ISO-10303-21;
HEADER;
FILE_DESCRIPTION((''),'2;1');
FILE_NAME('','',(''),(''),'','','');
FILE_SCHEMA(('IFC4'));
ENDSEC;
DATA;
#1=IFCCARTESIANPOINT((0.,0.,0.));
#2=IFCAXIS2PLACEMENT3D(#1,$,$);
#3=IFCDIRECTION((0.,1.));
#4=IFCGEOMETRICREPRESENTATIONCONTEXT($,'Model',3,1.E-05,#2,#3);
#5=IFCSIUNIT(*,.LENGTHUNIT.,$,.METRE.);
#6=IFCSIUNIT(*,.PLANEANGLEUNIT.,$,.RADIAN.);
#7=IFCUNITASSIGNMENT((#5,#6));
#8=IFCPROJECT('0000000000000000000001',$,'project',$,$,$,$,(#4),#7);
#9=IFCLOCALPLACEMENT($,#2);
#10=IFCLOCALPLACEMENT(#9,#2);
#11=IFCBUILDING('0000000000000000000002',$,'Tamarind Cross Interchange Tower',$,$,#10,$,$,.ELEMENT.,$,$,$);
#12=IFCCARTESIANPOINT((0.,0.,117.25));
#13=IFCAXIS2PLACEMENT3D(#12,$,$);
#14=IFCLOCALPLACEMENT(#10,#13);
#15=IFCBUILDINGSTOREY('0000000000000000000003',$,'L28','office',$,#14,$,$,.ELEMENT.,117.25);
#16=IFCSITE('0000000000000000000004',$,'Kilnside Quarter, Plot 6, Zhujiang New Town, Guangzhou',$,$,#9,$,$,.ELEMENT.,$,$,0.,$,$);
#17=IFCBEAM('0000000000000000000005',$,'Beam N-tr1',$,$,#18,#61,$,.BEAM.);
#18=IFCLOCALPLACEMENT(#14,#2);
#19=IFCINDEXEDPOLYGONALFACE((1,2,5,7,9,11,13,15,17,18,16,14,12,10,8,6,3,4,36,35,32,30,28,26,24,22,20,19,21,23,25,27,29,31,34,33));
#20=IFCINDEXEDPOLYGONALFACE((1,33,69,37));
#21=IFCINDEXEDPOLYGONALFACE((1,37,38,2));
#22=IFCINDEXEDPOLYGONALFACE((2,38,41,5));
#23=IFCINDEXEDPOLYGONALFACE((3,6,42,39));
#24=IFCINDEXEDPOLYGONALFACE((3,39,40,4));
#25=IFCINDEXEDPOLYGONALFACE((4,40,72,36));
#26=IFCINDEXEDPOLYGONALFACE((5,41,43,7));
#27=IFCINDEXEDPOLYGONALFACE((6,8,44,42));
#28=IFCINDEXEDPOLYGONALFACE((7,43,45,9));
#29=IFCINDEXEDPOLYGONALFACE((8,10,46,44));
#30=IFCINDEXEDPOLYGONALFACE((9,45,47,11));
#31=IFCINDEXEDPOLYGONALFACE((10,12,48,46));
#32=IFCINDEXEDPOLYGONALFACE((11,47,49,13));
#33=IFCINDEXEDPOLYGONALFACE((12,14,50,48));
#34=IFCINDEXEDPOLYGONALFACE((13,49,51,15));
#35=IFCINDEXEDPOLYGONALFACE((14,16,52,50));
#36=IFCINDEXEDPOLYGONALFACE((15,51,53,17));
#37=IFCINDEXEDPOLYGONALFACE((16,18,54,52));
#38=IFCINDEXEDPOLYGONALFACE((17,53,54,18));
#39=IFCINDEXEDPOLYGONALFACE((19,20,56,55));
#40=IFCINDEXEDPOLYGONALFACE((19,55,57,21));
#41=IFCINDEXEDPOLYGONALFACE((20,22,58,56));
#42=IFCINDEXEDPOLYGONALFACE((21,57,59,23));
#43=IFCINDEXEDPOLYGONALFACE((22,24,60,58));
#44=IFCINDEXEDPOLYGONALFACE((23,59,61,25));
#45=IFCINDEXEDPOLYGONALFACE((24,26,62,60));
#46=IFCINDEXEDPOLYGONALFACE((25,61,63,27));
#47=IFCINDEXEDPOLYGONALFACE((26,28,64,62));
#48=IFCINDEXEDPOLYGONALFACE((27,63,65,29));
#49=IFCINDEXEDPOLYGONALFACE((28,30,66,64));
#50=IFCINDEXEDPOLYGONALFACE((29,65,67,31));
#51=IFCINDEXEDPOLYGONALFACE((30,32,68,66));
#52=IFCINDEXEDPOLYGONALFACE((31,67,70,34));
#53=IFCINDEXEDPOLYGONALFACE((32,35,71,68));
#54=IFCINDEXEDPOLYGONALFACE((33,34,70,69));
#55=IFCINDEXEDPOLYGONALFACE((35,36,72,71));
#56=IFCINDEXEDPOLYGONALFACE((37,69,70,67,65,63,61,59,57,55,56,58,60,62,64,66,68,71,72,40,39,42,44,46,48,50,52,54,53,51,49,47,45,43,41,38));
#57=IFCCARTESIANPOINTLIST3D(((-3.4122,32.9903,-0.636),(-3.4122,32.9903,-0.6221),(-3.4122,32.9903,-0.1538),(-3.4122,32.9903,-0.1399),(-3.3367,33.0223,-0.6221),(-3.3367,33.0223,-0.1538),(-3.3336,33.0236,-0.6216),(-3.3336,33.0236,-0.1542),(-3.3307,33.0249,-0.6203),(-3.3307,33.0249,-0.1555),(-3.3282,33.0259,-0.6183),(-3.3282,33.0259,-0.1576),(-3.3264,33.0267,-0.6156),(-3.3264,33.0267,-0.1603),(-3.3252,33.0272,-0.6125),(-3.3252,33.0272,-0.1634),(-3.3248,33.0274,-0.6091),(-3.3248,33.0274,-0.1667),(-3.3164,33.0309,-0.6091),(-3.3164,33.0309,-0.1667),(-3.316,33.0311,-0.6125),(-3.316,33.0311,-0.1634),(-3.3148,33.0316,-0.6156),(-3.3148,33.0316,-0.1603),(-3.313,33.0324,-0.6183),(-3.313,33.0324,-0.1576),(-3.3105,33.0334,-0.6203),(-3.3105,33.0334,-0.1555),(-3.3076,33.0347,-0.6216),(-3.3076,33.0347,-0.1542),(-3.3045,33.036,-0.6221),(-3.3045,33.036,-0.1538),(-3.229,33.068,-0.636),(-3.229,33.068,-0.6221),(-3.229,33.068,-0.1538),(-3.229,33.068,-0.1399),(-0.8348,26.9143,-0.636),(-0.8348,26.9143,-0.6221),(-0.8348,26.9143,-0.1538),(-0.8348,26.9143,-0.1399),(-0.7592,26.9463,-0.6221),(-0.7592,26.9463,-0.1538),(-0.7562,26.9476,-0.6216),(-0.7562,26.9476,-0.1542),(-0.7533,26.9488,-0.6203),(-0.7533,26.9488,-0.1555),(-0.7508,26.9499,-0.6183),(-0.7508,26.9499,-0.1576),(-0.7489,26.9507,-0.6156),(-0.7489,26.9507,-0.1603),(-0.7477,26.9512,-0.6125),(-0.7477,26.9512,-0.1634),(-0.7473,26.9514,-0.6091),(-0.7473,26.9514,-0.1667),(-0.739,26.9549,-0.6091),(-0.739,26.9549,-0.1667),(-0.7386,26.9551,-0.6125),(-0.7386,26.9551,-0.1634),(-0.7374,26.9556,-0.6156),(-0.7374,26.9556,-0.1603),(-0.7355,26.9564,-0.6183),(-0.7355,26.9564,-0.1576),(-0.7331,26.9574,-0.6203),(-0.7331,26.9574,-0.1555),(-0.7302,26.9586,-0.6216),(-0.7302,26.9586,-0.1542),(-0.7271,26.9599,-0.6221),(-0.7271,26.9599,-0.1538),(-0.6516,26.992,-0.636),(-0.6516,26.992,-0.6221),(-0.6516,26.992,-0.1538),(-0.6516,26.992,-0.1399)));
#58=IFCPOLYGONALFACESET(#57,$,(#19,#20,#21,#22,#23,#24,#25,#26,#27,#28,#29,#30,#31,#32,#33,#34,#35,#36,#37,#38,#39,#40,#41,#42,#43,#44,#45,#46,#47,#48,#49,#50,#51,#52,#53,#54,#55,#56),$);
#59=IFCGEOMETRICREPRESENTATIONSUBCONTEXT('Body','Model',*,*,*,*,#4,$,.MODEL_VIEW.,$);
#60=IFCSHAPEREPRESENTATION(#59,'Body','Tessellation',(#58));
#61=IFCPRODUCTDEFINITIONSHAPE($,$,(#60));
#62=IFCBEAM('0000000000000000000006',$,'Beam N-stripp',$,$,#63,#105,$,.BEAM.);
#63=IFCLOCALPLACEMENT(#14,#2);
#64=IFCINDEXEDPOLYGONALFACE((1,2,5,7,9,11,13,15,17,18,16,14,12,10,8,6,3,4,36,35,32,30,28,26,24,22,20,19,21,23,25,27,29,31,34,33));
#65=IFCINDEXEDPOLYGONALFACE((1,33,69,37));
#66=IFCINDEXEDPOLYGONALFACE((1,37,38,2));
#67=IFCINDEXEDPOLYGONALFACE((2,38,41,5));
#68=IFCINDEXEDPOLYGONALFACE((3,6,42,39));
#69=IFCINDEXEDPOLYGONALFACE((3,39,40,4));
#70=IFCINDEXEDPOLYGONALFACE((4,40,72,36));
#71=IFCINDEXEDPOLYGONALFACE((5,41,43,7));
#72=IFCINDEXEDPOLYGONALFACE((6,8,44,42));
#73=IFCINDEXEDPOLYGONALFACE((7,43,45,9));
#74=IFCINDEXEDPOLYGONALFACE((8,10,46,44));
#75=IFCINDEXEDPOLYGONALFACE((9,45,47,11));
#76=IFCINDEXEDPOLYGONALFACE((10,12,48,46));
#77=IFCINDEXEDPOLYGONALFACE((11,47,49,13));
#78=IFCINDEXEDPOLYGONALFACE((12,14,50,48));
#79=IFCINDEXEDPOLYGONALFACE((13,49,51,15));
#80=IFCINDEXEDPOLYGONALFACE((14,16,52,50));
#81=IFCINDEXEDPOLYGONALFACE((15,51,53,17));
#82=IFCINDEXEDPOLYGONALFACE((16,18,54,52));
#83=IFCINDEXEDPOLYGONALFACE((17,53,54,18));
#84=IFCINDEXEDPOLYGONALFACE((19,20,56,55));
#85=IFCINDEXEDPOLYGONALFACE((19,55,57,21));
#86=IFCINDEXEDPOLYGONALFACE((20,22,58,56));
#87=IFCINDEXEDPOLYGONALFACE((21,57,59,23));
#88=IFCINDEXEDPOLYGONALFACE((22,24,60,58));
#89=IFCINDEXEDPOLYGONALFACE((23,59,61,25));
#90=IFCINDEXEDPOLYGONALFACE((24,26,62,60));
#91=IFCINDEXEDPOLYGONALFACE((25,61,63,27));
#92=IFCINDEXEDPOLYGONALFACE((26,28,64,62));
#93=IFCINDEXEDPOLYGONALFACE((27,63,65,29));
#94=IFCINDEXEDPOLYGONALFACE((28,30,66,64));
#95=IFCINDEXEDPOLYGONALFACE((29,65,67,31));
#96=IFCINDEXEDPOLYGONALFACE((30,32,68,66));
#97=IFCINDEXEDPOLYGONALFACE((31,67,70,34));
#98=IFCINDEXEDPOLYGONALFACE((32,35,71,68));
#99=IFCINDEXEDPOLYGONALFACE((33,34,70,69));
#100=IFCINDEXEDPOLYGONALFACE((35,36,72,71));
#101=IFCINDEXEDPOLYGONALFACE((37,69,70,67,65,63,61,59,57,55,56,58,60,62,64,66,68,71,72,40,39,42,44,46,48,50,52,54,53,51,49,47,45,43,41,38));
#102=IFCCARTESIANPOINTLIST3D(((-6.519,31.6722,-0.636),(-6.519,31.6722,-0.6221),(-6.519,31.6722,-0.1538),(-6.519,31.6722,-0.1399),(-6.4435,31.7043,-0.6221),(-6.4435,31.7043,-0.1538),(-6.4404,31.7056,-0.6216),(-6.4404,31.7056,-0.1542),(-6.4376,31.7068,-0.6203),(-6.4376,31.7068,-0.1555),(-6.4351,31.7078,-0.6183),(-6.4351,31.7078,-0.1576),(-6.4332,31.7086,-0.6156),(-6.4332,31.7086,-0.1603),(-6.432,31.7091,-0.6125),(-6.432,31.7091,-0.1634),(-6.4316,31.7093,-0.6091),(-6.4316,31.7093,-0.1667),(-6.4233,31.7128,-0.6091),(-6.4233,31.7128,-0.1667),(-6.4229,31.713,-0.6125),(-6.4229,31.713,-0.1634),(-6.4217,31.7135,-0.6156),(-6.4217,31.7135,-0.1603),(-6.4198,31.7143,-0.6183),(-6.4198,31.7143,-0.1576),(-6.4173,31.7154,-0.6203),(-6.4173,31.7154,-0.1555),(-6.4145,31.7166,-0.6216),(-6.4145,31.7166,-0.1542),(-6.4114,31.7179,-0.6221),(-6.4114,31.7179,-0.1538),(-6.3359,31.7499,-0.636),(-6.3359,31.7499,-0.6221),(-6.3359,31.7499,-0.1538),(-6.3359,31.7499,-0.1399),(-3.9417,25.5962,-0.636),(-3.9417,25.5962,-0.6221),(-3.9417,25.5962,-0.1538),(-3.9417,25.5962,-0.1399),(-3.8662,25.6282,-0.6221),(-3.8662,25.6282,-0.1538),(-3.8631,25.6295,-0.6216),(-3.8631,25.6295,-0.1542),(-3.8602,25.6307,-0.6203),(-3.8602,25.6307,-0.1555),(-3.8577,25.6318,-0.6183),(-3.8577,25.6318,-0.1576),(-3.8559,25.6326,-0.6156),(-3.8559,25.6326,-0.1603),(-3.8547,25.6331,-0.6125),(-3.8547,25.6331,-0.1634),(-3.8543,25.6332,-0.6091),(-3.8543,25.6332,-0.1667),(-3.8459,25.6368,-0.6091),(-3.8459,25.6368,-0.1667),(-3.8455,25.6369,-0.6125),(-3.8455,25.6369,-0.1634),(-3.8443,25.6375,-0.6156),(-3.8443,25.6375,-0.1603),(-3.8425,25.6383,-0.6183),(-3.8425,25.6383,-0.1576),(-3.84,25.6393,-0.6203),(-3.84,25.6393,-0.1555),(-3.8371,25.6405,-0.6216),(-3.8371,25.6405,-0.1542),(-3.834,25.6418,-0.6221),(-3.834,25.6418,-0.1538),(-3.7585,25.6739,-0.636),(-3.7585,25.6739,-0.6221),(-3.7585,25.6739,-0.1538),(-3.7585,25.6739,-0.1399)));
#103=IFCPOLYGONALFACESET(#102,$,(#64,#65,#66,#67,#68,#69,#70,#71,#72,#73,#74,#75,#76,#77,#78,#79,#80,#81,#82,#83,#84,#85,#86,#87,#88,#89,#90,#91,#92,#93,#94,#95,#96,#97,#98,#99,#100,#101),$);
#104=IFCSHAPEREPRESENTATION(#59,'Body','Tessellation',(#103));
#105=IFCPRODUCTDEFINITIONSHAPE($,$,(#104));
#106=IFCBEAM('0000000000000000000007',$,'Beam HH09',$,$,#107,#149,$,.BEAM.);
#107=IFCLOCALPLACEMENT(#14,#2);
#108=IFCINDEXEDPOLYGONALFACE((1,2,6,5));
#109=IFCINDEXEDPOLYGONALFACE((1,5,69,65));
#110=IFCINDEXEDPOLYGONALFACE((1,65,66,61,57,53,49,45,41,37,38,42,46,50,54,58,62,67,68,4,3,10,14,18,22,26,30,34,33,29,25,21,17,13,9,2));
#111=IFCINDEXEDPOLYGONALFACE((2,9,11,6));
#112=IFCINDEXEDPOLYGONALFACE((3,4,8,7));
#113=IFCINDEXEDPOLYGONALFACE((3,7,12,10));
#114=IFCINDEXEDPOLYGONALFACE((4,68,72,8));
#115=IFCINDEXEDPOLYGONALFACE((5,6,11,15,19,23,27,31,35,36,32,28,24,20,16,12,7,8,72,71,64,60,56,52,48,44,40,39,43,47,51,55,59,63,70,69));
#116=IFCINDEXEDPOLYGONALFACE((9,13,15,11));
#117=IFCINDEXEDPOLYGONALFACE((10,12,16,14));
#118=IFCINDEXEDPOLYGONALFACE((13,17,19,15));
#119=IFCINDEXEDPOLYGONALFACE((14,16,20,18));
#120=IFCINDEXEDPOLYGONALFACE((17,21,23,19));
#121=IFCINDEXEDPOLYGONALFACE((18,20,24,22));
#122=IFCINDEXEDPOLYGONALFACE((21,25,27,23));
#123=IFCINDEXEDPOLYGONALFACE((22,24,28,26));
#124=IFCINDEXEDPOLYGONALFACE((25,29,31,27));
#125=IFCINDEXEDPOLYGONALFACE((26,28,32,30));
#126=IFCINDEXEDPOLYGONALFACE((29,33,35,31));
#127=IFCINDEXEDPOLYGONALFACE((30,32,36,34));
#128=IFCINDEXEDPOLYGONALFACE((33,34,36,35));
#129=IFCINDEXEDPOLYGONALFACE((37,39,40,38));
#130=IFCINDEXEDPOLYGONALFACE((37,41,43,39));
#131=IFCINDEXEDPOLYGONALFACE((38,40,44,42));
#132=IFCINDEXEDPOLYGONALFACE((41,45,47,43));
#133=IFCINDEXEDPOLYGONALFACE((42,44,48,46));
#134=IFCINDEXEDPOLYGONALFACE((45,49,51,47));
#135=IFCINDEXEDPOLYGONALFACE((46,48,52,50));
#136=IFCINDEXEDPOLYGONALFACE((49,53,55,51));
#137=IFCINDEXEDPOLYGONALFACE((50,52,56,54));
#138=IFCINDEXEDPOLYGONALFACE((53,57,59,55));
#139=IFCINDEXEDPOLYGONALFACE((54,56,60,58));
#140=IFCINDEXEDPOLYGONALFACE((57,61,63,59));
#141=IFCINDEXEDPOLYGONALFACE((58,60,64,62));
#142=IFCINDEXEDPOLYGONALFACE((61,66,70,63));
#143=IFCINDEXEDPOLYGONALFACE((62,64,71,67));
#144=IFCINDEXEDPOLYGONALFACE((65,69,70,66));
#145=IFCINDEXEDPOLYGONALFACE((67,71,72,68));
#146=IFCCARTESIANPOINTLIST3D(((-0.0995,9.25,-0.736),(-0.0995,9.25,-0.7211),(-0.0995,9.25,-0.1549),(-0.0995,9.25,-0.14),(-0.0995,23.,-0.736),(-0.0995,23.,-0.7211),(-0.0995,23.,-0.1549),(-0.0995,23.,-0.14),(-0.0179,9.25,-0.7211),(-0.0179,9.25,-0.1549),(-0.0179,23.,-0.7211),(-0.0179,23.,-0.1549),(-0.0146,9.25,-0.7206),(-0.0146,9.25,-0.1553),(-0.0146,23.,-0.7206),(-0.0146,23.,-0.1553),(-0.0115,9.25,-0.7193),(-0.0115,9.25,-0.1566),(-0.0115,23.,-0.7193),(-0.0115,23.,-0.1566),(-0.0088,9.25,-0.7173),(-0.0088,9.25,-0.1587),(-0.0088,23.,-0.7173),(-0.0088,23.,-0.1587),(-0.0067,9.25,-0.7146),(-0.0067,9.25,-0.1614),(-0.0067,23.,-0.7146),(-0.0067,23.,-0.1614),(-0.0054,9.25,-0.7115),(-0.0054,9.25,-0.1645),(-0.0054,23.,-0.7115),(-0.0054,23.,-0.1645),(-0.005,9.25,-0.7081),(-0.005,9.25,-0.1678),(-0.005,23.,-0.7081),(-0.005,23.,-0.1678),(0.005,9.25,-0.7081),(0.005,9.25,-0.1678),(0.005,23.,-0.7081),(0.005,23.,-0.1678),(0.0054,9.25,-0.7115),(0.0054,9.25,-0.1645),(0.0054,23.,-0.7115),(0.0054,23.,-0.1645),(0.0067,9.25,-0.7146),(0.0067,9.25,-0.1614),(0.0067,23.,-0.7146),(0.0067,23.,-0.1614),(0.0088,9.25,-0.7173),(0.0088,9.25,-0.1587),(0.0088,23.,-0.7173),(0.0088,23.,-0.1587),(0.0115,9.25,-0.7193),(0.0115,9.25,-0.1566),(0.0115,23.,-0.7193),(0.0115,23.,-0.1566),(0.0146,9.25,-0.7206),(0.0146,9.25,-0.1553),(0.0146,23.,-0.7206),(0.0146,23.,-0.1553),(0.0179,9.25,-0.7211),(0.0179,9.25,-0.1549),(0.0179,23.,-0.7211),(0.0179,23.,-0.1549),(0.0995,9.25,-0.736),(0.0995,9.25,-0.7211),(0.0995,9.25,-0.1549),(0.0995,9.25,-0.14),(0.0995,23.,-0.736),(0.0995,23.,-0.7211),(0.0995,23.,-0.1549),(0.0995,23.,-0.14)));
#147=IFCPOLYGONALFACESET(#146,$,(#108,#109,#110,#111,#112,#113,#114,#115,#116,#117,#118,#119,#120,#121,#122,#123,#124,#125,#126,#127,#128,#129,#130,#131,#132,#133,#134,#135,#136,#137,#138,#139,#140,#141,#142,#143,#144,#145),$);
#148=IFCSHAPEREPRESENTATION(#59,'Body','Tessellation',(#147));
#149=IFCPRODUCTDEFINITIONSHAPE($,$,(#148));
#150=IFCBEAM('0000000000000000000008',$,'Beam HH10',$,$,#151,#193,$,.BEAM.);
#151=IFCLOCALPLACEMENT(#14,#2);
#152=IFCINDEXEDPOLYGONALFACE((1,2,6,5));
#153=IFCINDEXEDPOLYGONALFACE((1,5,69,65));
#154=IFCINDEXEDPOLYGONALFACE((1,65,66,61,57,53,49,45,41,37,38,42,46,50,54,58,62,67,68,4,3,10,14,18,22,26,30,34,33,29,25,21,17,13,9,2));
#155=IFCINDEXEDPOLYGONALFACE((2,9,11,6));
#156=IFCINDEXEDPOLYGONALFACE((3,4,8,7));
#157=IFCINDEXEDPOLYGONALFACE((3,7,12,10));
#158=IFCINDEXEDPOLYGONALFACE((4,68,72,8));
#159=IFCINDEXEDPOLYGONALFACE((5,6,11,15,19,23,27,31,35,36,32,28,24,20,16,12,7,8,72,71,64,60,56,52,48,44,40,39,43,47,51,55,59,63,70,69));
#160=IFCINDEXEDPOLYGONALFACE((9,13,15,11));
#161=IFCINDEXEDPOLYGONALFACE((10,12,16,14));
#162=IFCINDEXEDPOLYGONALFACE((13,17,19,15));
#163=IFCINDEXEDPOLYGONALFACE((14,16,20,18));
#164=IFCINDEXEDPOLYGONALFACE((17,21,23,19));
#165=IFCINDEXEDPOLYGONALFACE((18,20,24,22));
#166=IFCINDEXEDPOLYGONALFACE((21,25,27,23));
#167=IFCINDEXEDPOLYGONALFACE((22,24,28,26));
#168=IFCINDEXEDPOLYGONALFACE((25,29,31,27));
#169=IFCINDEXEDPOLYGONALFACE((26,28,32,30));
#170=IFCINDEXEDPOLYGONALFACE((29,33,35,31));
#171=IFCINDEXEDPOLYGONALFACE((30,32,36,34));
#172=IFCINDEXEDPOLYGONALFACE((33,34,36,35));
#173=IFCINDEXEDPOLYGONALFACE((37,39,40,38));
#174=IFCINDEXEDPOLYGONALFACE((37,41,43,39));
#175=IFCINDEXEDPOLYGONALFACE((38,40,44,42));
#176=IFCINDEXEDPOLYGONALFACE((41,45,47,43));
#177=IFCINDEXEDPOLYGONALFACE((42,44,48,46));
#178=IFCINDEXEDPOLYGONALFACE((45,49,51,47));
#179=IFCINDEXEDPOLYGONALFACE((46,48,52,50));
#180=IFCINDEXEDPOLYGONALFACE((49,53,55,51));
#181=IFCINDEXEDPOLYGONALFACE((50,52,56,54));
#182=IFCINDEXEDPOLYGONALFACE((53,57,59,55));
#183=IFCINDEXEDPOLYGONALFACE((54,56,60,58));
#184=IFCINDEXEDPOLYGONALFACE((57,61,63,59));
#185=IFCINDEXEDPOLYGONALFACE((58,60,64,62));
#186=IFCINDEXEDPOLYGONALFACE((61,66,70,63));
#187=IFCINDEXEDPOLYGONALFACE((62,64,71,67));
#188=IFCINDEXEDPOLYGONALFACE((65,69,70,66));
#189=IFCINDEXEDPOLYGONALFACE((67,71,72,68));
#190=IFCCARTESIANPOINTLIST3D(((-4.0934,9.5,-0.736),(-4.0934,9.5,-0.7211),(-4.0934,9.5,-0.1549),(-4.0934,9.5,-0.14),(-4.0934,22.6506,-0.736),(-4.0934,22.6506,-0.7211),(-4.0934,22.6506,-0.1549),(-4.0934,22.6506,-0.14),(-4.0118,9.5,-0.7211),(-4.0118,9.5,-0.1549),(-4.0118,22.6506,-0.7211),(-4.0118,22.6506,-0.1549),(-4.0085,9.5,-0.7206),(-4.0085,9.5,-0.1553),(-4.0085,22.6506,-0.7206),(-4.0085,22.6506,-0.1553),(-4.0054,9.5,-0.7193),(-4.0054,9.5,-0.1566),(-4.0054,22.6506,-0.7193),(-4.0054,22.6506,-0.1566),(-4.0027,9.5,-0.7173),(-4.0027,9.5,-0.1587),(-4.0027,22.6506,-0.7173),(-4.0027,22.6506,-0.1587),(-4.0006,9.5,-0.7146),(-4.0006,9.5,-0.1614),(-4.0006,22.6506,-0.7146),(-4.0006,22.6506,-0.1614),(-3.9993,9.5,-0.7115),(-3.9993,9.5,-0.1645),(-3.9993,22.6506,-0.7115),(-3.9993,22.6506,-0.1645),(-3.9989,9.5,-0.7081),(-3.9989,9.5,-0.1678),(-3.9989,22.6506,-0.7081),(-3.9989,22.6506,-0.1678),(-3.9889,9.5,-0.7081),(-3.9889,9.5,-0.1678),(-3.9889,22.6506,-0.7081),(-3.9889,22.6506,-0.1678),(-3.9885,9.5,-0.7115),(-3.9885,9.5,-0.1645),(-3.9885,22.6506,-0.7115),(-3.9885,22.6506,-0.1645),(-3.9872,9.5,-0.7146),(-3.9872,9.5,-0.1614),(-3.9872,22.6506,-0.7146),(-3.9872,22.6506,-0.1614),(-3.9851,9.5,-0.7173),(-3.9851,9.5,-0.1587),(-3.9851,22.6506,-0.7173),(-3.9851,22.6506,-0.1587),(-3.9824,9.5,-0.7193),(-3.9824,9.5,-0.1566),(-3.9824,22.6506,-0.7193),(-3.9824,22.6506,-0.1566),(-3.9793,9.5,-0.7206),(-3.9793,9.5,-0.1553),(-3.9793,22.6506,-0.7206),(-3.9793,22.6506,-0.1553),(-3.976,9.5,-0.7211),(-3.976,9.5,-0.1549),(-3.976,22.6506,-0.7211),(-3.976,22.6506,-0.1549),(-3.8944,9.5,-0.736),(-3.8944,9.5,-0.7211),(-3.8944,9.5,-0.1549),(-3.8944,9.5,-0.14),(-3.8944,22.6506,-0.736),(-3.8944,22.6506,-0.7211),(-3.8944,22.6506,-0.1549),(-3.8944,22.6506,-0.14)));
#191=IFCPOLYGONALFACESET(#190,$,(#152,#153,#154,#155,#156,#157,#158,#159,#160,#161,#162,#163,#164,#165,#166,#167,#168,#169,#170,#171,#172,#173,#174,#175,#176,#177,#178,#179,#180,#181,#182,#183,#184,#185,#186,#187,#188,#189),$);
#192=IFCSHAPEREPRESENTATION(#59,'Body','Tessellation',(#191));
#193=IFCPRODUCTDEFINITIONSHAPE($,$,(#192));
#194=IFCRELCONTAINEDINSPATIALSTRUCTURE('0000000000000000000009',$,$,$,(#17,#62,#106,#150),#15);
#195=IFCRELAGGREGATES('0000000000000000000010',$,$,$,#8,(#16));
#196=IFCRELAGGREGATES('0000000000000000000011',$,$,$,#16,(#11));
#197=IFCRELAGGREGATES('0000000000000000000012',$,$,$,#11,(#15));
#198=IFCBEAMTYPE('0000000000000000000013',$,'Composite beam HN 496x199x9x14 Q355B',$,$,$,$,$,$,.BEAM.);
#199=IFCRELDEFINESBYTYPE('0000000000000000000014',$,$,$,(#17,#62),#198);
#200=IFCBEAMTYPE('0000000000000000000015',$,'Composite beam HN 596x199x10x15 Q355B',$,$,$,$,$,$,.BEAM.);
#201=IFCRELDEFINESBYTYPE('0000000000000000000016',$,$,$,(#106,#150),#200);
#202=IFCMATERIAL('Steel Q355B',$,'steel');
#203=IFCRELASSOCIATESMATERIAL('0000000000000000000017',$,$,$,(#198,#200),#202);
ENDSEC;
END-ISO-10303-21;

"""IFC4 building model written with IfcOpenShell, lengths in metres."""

from ifc_helpers import new_model, si_unit, direction, frame, origin, origin_2d, place, context, subcontext, project, spatial, i_section, extrude, material, material_profile, profile_set, type_object, element, save


model = new_model("IFC4")

# Units and contexts
model_context = context("Model", 3, precision=1e-05, world=origin(), true_north=direction((0.0, 1.0)))
body_context = subcontext(model_context, "Body", "Model", "MODEL_VIEW")
ifc_project = project(units=[si_unit("LENGTHUNIT", "METRE"), si_unit("PLANEANGLEUNIT", "RADIAN")], contexts=[model_context])

# Site, building, storey
site_placement = place(None, origin())
site = spatial("IfcSite", under=ifc_project, at=site_placement, Name="Kilnside Quarter, Plot 6, Zhujiang New Town, Guangzhou", CompositionType="ELEMENT", RefElevation=0.0)
building_placement = place(site_placement, origin())
building = spatial("IfcBuilding", under=site, at=building_placement, Name="Tamarind Cross Interchange Tower", CompositionType="ELEMENT")
storey_placement = place(building_placement, frame((0.0, 0.0, 117.25)))
storey = spatial("IfcBuildingStorey", under=building, at=storey_placement, Name="L28", Description="office", CompositionType="ELEMENT", Elevation=117.25)

# Beams
ifc_material_1 = material(Name="Steel Q355B", Category="steel")
ifc_material_profile_1 = material_profile(ifc_material_1, i_section(OverallWidth=0.199, OverallDepth=0.4961, WebThickness=0.009, FlangeThickness=0.0139, FilletRadius=0.0129, at=origin_2d()), Name="HN 496x199x9x14")
ifc_profile_set_1 = profile_set([ifc_material_profile_1], Name="Steel Q355B")
beam_type_1 = type_object("IfcBeamType", Name="Composite beam HN 496x199x9x14 Q355B", PredefinedType="BEAM", material=ifc_profile_set_1)
for number, where, z_axis, x_axis, name in (
    (1, (-0.7432, 26.9531, -0.3879), (-0.390515, 0.920597, 0.0), (-0.920597, -0.390515, 0.0), "Beam N-tr1"),
    (2, (-3.8501, 25.635, -0.3879), (-0.390501, 0.920602, 0.0), (-0.920602, -0.390501, 0.0), "Beam N-stripp"),
):
    element("IfcBeam", number, at=place(storey_placement, frame(where, z_axis=z_axis, x_axis=x_axis)), inside=storey, type_object=beam_type_1, Name=name, PredefinedType="BEAM", context=body_context, shape_type="SweptSolid", body=[
        extrude(i_section(OverallWidth=0.199, OverallDepth=0.4961, WebThickness=0.009, FlangeThickness=0.0139, FilletRadius=0.0129, at=origin_2d()), origin(), (0.0, 0.0, 1.0), 6.6001),
    ])
ifc_material_profile_2 = material_profile(ifc_material_1, i_section(OverallWidth=0.199, OverallDepth=0.5959, WebThickness=0.01, FlangeThickness=0.0149, FilletRadius=0.0129, at=origin_2d()), Name="HN 596x199x10x15")
ifc_profile_set_2 = profile_set([ifc_material_profile_2], Name="Steel Q355B")
beam_type_2 = type_object("IfcBeamType", Name="Composite beam HN 596x199x10x15 Q355B", PredefinedType="BEAM", material=ifc_profile_set_2)
beam_1_placement = place(storey_placement, frame((0.0, 23.0, -0.438), z_axis=(0.0, -1.0, 0.0), x_axis=(1.0, 0.0, 0.0)))
element("IfcBeam", 3, at=beam_1_placement, inside=storey, type_object=beam_type_2, Name="Beam HH09", PredefinedType="BEAM", context=body_context, shape_type="SweptSolid", body=[
    extrude(i_section(OverallWidth=0.199, OverallDepth=0.5959, WebThickness=0.01, FlangeThickness=0.0149, FilletRadius=0.0129, at=origin_2d()), origin(), (0.0, 0.0, 1.0), 13.75),
])
beam_2_placement = place(storey_placement, frame((-3.9939, 22.6506, -0.438), z_axis=(0.0, -1.0, 0.0), x_axis=(1.0, 0.0, 0.0)))
element("IfcBeam", 4, at=beam_2_placement, inside=storey, type_object=beam_type_2, Name="Beam HH10", PredefinedType="BEAM", context=body_context, shape_type="SweptSolid", body=[
    extrude(i_section(OverallWidth=0.199, OverallDepth=0.5959, WebThickness=0.01, FlangeThickness=0.0149, FilletRadius=0.0129, at=origin_2d()), origin(), (0.0, 0.0, 1.0), 13.1506),
])

save(model, "model.ifc")
